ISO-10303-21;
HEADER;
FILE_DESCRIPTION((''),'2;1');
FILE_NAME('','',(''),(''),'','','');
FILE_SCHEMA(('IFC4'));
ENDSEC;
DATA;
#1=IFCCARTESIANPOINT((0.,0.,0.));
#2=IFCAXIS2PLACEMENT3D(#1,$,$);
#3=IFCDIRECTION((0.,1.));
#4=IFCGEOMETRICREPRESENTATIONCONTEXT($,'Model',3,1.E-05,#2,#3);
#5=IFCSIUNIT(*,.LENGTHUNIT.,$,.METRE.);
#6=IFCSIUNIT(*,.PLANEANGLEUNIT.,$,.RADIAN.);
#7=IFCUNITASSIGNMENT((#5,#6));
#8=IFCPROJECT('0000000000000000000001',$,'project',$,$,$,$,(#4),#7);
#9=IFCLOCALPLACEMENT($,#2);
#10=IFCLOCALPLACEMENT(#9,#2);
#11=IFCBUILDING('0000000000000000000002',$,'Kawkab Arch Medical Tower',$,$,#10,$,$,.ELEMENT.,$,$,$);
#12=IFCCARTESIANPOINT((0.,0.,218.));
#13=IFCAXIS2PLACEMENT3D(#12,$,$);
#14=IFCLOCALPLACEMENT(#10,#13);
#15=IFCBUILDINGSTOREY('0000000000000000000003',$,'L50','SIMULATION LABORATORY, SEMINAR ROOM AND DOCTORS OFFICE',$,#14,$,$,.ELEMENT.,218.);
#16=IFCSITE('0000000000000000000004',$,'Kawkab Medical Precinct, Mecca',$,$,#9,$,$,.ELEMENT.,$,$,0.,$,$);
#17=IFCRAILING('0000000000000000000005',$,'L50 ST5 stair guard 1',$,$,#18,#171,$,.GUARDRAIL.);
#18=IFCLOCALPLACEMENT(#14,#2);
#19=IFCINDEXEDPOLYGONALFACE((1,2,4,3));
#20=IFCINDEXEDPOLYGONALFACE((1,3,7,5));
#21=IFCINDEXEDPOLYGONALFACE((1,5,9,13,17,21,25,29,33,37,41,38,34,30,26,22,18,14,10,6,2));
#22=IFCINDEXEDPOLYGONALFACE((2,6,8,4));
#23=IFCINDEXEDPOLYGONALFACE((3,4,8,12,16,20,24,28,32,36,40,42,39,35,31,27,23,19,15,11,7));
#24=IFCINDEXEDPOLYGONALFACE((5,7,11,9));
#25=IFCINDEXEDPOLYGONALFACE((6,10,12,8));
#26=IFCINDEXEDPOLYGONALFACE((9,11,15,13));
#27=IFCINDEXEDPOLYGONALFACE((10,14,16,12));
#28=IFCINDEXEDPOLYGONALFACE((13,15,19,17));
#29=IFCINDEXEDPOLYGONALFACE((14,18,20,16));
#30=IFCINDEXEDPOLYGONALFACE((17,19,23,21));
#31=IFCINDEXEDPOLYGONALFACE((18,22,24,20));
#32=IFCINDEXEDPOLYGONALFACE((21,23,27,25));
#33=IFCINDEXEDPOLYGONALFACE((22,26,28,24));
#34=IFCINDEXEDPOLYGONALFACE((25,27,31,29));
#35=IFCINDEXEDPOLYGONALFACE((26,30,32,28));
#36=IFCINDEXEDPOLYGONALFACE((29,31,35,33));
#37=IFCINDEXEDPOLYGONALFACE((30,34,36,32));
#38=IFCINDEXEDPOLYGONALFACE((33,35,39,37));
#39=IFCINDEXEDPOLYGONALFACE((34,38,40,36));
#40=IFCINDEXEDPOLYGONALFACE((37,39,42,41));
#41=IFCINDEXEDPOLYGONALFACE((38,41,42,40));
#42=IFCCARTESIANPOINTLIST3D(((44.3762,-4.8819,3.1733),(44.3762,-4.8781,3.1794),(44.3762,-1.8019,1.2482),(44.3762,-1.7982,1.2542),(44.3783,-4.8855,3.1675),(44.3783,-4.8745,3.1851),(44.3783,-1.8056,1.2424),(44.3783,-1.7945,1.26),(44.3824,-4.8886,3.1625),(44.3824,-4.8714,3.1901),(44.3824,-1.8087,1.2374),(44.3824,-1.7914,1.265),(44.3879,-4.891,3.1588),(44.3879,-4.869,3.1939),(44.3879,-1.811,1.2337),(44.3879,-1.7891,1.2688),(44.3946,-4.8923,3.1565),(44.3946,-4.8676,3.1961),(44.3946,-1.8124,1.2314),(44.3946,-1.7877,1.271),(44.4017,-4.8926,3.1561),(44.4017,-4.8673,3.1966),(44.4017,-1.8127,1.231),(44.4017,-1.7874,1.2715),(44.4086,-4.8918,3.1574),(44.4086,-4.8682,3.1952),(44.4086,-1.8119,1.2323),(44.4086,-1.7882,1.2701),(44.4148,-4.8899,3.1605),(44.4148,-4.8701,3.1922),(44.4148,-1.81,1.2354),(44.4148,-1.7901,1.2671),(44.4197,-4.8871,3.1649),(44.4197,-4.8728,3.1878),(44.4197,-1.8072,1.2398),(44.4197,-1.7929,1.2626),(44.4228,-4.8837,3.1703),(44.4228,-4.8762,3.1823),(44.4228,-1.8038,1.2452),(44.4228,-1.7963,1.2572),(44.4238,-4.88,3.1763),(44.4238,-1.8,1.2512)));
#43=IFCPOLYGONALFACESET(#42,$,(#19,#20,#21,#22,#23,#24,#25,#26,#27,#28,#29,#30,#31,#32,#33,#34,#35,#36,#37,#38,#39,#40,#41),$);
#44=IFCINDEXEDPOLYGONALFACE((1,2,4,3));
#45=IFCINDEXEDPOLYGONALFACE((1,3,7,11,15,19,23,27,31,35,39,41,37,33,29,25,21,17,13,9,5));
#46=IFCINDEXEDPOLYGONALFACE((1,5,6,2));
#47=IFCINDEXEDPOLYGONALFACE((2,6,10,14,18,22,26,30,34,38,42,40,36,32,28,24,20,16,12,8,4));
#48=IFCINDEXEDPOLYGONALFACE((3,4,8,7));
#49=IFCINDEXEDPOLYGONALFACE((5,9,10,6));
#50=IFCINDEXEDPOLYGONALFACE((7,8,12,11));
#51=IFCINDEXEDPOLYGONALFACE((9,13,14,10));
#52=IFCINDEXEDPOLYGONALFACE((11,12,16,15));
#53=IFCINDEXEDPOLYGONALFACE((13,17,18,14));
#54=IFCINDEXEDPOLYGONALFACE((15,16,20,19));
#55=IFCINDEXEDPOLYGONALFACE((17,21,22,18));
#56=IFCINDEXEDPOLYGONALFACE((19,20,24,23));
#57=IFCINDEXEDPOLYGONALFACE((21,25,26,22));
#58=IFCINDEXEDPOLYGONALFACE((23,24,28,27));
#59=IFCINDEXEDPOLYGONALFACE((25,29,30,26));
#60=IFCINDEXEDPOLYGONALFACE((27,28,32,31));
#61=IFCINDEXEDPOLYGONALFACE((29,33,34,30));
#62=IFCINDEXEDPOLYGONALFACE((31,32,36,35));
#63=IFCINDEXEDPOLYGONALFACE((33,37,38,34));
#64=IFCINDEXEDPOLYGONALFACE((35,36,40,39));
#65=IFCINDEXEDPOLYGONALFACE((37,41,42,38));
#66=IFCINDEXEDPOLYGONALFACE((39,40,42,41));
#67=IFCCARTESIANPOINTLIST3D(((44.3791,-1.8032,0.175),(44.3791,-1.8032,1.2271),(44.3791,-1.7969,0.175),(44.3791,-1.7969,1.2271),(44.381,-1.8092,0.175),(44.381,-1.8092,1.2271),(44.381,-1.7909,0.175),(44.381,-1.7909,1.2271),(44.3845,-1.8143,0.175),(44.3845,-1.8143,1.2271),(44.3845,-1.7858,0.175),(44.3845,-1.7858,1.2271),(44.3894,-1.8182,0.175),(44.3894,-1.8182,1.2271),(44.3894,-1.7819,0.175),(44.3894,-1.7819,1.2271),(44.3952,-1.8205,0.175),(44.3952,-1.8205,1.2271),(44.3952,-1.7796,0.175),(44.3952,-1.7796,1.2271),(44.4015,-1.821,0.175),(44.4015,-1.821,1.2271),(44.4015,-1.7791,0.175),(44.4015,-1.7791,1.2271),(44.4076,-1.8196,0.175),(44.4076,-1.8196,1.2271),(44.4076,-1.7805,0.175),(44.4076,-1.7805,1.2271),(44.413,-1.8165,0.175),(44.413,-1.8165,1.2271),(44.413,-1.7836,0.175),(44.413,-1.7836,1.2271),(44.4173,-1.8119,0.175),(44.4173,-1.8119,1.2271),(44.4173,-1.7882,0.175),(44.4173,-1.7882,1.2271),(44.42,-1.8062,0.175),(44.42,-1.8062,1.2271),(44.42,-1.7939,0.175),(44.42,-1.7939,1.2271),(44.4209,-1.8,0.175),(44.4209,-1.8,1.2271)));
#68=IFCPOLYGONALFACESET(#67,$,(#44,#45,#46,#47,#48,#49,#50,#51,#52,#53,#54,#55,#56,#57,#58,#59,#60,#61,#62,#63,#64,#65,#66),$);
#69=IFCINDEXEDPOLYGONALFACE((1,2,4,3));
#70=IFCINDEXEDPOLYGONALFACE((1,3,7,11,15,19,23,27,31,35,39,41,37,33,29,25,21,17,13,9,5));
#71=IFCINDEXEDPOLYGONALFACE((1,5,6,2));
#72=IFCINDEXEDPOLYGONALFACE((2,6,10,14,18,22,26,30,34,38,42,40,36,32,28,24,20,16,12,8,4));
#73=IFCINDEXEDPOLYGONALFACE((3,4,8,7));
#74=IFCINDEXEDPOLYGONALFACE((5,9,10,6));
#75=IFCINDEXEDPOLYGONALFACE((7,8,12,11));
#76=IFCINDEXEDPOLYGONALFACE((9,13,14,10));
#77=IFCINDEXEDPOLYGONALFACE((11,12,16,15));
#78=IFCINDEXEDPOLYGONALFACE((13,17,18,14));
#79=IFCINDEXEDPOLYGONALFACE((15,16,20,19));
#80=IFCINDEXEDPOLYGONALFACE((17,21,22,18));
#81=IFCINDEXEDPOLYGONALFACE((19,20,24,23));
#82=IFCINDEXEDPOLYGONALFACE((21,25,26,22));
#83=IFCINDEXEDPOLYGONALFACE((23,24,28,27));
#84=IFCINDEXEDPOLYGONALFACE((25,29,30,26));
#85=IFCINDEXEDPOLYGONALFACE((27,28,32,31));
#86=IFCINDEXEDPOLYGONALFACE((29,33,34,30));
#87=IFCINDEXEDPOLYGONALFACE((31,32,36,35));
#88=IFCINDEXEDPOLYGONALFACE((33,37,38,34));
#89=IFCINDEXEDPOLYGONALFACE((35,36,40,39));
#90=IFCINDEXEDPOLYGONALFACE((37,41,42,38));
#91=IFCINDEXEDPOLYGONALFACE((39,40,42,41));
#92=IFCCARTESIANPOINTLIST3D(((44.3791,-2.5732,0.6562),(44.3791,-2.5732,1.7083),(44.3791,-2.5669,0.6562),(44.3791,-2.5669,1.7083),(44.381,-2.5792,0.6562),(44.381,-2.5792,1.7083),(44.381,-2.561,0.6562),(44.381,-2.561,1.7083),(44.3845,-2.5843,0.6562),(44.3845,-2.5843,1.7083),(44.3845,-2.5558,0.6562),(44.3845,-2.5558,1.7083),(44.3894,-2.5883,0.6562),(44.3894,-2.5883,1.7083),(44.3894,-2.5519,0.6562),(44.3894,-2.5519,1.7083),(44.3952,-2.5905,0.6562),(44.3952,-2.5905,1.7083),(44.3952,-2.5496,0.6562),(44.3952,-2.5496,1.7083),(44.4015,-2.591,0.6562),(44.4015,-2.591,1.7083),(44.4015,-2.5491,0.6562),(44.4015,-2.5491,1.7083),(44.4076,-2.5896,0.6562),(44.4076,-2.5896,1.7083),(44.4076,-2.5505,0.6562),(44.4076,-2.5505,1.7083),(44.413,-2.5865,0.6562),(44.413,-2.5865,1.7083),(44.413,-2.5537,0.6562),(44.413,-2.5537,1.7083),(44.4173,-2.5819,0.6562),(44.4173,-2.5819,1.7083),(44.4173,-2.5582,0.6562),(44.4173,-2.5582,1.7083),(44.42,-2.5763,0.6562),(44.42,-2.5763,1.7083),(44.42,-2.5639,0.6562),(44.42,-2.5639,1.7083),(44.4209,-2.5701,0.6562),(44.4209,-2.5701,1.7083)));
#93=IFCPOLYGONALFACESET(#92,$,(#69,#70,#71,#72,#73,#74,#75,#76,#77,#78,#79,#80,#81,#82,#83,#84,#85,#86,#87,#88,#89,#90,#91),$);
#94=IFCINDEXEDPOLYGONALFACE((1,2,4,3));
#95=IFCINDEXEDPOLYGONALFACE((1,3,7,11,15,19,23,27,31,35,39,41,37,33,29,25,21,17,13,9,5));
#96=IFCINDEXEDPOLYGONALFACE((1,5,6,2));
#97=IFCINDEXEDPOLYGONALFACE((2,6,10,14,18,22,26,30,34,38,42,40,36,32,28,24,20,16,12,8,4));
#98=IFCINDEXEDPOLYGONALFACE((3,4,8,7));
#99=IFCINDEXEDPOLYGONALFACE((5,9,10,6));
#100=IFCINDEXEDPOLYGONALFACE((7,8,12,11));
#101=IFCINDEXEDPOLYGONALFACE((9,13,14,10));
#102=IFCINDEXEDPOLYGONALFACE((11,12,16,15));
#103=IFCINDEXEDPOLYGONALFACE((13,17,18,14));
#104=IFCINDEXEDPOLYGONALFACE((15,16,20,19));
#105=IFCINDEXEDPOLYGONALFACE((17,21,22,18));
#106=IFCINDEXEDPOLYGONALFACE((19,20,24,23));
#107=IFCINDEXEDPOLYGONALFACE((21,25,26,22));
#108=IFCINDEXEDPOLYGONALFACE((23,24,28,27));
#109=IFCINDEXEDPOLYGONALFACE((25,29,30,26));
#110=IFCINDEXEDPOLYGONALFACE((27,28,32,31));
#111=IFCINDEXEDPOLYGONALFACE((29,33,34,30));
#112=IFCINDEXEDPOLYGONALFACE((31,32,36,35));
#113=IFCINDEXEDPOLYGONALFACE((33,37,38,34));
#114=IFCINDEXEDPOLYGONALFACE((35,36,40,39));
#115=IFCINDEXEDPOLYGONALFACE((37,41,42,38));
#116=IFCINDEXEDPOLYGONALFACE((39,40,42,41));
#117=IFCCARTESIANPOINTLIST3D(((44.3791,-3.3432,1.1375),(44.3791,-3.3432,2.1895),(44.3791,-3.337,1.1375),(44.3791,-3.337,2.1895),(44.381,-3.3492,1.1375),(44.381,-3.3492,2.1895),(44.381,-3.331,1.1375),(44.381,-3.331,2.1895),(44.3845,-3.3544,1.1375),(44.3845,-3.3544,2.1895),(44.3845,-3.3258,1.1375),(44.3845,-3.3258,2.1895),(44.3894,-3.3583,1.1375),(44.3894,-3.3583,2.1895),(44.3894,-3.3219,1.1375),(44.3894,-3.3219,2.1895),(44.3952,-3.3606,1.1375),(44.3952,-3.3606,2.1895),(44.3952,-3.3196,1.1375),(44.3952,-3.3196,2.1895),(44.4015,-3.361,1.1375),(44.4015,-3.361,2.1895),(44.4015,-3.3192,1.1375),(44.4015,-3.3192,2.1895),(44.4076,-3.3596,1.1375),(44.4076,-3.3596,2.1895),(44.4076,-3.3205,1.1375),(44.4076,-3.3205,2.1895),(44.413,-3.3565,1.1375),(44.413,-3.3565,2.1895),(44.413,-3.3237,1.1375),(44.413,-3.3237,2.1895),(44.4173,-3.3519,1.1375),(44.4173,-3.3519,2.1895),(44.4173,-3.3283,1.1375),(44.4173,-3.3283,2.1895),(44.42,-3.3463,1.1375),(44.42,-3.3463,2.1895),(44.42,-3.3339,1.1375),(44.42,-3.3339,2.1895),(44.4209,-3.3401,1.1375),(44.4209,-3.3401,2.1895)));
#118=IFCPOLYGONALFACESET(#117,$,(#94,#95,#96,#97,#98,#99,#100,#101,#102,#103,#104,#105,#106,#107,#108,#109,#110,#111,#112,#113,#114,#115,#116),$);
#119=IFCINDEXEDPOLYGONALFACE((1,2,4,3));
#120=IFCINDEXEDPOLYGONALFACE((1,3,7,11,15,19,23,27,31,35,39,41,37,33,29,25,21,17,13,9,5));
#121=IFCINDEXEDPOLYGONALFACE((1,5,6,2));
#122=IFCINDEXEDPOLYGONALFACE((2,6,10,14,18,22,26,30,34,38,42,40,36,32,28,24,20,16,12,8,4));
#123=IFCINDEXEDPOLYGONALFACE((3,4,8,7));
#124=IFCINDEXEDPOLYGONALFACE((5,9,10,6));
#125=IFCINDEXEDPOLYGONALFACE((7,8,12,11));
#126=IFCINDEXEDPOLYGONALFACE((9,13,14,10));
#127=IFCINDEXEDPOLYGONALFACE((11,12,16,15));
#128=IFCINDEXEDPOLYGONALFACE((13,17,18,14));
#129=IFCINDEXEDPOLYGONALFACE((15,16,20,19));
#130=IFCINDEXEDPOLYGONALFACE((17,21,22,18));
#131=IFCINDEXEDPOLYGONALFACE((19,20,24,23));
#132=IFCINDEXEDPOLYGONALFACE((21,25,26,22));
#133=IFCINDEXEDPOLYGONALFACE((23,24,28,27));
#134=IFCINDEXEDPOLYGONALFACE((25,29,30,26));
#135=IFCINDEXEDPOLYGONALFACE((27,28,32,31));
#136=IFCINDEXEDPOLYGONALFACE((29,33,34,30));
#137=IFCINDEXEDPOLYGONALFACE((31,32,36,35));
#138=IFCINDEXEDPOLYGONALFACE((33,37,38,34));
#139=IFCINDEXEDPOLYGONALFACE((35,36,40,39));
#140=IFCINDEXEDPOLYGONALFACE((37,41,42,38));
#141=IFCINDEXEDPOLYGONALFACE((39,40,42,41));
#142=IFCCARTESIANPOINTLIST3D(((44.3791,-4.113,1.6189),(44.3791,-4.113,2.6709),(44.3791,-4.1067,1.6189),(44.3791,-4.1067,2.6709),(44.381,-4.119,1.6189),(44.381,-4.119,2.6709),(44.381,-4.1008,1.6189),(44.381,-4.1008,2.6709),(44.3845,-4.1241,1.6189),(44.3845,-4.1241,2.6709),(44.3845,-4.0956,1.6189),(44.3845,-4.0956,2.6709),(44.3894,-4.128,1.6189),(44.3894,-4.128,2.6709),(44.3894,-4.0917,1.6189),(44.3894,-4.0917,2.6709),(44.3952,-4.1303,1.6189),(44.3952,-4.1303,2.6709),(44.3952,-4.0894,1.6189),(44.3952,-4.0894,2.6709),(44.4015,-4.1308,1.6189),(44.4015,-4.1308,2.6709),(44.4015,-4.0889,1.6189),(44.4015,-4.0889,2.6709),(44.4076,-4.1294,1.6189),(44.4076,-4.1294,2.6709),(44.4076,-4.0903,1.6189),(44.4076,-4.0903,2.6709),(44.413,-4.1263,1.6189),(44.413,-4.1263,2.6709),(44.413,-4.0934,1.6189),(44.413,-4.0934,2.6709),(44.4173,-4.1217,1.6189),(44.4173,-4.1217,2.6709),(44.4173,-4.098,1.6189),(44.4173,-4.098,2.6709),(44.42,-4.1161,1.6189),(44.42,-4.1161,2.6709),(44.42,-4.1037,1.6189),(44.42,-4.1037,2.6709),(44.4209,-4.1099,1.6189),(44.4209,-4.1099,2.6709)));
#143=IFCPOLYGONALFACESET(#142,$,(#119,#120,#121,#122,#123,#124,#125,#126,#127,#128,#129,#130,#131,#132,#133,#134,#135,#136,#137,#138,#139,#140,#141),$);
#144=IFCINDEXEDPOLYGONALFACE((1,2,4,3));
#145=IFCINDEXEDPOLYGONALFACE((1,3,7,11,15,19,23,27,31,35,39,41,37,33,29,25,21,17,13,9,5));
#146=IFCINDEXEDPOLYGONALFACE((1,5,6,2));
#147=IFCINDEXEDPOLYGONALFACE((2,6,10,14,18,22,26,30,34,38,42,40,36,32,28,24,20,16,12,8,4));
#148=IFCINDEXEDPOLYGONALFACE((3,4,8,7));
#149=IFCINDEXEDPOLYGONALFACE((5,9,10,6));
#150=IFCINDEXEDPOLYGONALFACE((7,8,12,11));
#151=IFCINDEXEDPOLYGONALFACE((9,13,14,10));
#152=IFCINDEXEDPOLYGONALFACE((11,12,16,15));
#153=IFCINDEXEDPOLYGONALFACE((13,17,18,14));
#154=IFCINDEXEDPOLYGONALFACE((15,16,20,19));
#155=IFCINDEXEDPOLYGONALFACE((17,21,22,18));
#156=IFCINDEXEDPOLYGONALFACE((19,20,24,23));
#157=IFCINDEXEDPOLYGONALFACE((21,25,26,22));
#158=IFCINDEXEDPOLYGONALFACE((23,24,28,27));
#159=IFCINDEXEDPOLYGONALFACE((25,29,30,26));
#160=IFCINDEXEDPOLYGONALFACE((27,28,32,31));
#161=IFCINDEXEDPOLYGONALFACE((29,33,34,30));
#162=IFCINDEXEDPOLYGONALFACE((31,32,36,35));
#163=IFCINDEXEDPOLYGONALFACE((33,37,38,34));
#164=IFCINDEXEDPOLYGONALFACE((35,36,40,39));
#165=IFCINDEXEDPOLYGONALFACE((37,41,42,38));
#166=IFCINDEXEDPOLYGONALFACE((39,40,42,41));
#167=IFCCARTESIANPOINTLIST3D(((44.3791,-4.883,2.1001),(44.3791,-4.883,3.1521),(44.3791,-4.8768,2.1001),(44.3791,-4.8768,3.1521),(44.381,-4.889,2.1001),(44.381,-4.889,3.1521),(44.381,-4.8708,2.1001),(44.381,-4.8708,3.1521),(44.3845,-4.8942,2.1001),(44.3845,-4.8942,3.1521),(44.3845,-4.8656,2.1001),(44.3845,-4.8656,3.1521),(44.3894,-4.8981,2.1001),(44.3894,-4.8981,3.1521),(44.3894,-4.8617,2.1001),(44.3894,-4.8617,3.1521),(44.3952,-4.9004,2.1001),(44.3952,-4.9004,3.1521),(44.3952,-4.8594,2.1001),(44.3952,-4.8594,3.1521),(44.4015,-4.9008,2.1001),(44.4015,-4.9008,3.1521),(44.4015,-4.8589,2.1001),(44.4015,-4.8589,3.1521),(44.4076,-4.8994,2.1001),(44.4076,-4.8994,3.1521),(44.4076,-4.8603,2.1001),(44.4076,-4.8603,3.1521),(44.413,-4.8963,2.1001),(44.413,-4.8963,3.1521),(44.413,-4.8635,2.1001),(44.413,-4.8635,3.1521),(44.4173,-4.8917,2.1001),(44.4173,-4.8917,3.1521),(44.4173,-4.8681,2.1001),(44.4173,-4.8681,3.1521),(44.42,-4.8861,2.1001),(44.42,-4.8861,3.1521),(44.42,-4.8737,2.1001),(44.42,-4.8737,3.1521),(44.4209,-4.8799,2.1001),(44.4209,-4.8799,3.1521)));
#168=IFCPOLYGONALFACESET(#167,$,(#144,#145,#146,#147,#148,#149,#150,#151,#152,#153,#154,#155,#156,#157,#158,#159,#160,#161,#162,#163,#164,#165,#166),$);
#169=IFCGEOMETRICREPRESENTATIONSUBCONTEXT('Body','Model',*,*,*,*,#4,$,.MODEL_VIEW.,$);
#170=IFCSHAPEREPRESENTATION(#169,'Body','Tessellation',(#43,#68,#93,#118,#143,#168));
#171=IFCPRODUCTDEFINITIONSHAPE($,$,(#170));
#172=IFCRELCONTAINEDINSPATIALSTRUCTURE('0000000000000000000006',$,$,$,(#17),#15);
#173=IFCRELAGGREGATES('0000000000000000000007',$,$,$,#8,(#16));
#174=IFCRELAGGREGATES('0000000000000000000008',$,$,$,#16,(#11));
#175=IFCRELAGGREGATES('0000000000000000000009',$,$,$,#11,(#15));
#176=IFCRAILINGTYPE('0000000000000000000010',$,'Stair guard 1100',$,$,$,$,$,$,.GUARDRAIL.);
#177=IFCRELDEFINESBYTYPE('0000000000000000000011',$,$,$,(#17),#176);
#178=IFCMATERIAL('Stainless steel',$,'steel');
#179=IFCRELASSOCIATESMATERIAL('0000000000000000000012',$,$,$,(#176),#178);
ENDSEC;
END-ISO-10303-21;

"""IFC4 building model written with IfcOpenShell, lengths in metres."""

from ifc_helpers import new_model, si_unit, direction, frame, origin, origin_2d, place, context, subcontext, project, spatial, circle, extrude, material, type_object, element, save


model = new_model("IFC4")

# Units and contexts
model_context = context("Model", 3, precision=1e-05, world=origin(), true_north=direction((0.0, 1.0)))
body_context = subcontext(model_context, "Body", "Model", "MODEL_VIEW")
ifc_project = project(units=[si_unit("LENGTHUNIT", "METRE"), si_unit("PLANEANGLEUNIT", "RADIAN")], contexts=[model_context])

# Site, building, storey
site_placement = place(None, origin())
site = spatial("IfcSite", under=ifc_project, at=site_placement, Name="Kawkab Medical Precinct, Mecca", CompositionType="ELEMENT", RefElevation=0.0)
building_placement = place(site_placement, origin())
building = spatial("IfcBuilding", under=site, at=building_placement, Name="Kawkab Arch Medical Tower", CompositionType="ELEMENT")
storey_placement = place(building_placement, frame((0.0, 0.0, 218.0)))
storey = spatial("IfcBuildingStorey", under=building, at=storey_placement, Name="L50", Description="SIMULATION LABORATORY, SEMINAR ROOM AND DOCTORS OFFICE", CompositionType="ELEMENT", Elevation=218.0)

# Railing
ifc_material_1 = material(Name="Stainless steel", Category="steel")
railing_type_1 = type_object("IfcRailingType", Name="Stair guard 1100", PredefinedType="GUARDRAIL", material=ifc_material_1)
railing_1_placement = place(storey_placement, frame((44.3999, -1.8, 0.175)))
element("IfcRailing", 1, at=railing_1_placement, inside=storey, type_object=railing_type_1, Name="L50 ST5 stair guard 1", PredefinedType="GUARDRAIL", context=body_context, shape_type="SweptSolid", body=[
    extrude(circle(Radius=0.0239, at=origin_2d()), frame((0.0, 0.0, 1.0762), z_axis=(0.0, -0.847979, 0.530029), x_axis=(1.0, 0.0, 0.0)), (0.0, 0.0, 1.0), 3.6321),
    extrude(circle(Radius=0.021, at=origin_2d()), origin(), (0.0, 0.0, 1.0), 1.052),
    extrude(circle(Radius=0.021, at=origin_2d()), frame((0.0, -0.77, 0.4812)), (0.0, 0.0, 1.0), 1.052),
    extrude(circle(Radius=0.021, at=origin_2d()), frame((0.0, -1.54, 0.9624)), (0.0, 0.0, 1.0), 1.052),
    extrude(circle(Radius=0.021, at=origin_2d()), frame((0.0, -2.3098, 1.4438)), (0.0, 0.0, 1.0), 1.052),
    extrude(circle(Radius=0.021, at=origin_2d()), frame((0.0, -3.0798, 1.925)), (0.0, 0.0, 1.0), 1.052),
])

save(model, "model.ifc")
